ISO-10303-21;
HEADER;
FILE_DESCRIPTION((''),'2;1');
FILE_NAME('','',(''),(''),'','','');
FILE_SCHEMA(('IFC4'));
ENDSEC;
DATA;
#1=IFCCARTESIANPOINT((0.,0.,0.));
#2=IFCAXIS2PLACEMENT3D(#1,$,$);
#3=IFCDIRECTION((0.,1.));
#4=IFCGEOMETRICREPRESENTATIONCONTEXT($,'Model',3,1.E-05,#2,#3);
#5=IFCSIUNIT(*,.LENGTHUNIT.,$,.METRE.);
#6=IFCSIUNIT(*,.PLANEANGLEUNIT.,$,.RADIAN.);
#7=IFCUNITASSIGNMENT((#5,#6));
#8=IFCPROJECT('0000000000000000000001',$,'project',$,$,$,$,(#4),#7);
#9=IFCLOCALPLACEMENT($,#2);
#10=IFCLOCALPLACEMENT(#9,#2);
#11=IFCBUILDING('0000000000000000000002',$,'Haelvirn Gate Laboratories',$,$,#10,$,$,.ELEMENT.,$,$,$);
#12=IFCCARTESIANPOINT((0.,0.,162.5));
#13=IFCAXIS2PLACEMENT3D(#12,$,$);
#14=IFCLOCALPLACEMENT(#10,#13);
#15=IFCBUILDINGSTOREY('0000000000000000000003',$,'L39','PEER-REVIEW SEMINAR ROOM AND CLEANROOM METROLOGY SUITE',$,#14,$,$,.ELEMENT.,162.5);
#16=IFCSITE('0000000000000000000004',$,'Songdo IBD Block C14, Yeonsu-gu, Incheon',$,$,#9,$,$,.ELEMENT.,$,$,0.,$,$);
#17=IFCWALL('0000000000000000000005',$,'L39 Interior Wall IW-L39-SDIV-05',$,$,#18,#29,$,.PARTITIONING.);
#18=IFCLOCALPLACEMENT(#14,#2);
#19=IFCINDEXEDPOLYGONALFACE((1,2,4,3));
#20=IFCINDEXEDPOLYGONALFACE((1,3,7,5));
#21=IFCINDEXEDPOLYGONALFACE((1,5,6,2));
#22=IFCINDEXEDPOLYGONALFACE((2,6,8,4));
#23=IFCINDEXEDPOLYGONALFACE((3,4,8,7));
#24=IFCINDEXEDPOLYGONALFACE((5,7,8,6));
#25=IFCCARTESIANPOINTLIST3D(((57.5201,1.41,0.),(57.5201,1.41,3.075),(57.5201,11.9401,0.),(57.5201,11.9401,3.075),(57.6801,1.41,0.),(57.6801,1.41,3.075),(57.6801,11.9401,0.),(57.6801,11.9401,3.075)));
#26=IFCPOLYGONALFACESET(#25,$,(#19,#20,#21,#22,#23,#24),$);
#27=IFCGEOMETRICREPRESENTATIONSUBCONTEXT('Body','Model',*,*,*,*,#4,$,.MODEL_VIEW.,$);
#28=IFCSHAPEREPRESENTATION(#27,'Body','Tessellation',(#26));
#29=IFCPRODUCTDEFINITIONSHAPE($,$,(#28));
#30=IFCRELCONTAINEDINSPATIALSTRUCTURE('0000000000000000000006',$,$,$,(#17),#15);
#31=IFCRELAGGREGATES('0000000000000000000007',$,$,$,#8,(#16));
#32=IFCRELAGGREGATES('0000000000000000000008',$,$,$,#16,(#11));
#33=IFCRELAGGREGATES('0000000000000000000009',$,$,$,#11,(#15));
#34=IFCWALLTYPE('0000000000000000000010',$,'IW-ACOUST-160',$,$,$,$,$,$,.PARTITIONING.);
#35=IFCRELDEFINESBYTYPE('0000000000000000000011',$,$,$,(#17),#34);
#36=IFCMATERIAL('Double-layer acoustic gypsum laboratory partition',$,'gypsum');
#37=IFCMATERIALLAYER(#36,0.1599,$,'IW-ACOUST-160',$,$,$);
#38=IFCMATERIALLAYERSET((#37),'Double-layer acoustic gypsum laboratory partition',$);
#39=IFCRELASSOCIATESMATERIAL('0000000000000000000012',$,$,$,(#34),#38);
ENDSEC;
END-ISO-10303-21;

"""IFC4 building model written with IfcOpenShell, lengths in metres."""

from ifc_helpers import new_model, si_unit, direction, frame, frame_2d, origin, place, context, subcontext, project, spatial, rectangle, extrude, material, layer, layer_set, type_object, element, save


model = new_model("IFC4")

# Units and contexts
model_context = context("Model", 3, precision=1e-05, world=origin(), true_north=direction((0.0, 1.0)))
body_context = subcontext(model_context, "Body", "Model", "MODEL_VIEW")
ifc_project = project(units=[si_unit("LENGTHUNIT", "METRE"), si_unit("PLANEANGLEUNIT", "RADIAN")], contexts=[model_context])

# Site, building, storey
site_placement = place(None, origin())
site = spatial("IfcSite", under=ifc_project, at=site_placement, Name="Songdo IBD Block C14, Yeonsu-gu, Incheon", CompositionType="ELEMENT", RefElevation=0.0)
building_placement = place(site_placement, origin())
building = spatial("IfcBuilding", under=site, at=building_placement, Name="Haelvirn Gate Laboratories", CompositionType="ELEMENT")
storey_placement = place(building_placement, frame((0.0, 0.0, 162.5)))
storey = spatial("IfcBuildingStorey", under=building, at=storey_placement, Name="L39", Description="PEER-REVIEW SEMINAR ROOM AND CLEANROOM METROLOGY SUITE", CompositionType="ELEMENT", Elevation=162.5)

# Wall
ifc_material_1 = material(Name="Double-layer acoustic gypsum laboratory partition", Category="gypsum")
ifc_layer_1 = layer(ifc_material_1, 0.1599, Name="IW-ACOUST-160")
ifc_layer_set_1 = layer_set([ifc_layer_1], Name="Double-layer acoustic gypsum laboratory partition")
wall_type_1 = type_object("IfcWallType", Name="IW-ACOUST-160", PredefinedType="PARTITIONING", material=ifc_layer_set_1)
wall_1_placement = place(storey_placement, frame((57.6001, 1.4099, 0.0), z_axis=(0.0, 0.0, 1.0), x_axis=(0.0, 1.0, 0.0)))
element("IfcWall", 1, at=wall_1_placement, inside=storey, type_object=wall_type_1, Name="L39 Interior Wall IW-L39-SDIV-05", PredefinedType="PARTITIONING", context=body_context, shape_type="SweptSolid", body=[
    extrude(rectangle(XDim=10.53, YDim=0.1599, at=frame_2d((5.2651, 0.0))), origin(), (0.0, 0.0, 1.0), 3.075),
])

save(model, "model.ifc")
